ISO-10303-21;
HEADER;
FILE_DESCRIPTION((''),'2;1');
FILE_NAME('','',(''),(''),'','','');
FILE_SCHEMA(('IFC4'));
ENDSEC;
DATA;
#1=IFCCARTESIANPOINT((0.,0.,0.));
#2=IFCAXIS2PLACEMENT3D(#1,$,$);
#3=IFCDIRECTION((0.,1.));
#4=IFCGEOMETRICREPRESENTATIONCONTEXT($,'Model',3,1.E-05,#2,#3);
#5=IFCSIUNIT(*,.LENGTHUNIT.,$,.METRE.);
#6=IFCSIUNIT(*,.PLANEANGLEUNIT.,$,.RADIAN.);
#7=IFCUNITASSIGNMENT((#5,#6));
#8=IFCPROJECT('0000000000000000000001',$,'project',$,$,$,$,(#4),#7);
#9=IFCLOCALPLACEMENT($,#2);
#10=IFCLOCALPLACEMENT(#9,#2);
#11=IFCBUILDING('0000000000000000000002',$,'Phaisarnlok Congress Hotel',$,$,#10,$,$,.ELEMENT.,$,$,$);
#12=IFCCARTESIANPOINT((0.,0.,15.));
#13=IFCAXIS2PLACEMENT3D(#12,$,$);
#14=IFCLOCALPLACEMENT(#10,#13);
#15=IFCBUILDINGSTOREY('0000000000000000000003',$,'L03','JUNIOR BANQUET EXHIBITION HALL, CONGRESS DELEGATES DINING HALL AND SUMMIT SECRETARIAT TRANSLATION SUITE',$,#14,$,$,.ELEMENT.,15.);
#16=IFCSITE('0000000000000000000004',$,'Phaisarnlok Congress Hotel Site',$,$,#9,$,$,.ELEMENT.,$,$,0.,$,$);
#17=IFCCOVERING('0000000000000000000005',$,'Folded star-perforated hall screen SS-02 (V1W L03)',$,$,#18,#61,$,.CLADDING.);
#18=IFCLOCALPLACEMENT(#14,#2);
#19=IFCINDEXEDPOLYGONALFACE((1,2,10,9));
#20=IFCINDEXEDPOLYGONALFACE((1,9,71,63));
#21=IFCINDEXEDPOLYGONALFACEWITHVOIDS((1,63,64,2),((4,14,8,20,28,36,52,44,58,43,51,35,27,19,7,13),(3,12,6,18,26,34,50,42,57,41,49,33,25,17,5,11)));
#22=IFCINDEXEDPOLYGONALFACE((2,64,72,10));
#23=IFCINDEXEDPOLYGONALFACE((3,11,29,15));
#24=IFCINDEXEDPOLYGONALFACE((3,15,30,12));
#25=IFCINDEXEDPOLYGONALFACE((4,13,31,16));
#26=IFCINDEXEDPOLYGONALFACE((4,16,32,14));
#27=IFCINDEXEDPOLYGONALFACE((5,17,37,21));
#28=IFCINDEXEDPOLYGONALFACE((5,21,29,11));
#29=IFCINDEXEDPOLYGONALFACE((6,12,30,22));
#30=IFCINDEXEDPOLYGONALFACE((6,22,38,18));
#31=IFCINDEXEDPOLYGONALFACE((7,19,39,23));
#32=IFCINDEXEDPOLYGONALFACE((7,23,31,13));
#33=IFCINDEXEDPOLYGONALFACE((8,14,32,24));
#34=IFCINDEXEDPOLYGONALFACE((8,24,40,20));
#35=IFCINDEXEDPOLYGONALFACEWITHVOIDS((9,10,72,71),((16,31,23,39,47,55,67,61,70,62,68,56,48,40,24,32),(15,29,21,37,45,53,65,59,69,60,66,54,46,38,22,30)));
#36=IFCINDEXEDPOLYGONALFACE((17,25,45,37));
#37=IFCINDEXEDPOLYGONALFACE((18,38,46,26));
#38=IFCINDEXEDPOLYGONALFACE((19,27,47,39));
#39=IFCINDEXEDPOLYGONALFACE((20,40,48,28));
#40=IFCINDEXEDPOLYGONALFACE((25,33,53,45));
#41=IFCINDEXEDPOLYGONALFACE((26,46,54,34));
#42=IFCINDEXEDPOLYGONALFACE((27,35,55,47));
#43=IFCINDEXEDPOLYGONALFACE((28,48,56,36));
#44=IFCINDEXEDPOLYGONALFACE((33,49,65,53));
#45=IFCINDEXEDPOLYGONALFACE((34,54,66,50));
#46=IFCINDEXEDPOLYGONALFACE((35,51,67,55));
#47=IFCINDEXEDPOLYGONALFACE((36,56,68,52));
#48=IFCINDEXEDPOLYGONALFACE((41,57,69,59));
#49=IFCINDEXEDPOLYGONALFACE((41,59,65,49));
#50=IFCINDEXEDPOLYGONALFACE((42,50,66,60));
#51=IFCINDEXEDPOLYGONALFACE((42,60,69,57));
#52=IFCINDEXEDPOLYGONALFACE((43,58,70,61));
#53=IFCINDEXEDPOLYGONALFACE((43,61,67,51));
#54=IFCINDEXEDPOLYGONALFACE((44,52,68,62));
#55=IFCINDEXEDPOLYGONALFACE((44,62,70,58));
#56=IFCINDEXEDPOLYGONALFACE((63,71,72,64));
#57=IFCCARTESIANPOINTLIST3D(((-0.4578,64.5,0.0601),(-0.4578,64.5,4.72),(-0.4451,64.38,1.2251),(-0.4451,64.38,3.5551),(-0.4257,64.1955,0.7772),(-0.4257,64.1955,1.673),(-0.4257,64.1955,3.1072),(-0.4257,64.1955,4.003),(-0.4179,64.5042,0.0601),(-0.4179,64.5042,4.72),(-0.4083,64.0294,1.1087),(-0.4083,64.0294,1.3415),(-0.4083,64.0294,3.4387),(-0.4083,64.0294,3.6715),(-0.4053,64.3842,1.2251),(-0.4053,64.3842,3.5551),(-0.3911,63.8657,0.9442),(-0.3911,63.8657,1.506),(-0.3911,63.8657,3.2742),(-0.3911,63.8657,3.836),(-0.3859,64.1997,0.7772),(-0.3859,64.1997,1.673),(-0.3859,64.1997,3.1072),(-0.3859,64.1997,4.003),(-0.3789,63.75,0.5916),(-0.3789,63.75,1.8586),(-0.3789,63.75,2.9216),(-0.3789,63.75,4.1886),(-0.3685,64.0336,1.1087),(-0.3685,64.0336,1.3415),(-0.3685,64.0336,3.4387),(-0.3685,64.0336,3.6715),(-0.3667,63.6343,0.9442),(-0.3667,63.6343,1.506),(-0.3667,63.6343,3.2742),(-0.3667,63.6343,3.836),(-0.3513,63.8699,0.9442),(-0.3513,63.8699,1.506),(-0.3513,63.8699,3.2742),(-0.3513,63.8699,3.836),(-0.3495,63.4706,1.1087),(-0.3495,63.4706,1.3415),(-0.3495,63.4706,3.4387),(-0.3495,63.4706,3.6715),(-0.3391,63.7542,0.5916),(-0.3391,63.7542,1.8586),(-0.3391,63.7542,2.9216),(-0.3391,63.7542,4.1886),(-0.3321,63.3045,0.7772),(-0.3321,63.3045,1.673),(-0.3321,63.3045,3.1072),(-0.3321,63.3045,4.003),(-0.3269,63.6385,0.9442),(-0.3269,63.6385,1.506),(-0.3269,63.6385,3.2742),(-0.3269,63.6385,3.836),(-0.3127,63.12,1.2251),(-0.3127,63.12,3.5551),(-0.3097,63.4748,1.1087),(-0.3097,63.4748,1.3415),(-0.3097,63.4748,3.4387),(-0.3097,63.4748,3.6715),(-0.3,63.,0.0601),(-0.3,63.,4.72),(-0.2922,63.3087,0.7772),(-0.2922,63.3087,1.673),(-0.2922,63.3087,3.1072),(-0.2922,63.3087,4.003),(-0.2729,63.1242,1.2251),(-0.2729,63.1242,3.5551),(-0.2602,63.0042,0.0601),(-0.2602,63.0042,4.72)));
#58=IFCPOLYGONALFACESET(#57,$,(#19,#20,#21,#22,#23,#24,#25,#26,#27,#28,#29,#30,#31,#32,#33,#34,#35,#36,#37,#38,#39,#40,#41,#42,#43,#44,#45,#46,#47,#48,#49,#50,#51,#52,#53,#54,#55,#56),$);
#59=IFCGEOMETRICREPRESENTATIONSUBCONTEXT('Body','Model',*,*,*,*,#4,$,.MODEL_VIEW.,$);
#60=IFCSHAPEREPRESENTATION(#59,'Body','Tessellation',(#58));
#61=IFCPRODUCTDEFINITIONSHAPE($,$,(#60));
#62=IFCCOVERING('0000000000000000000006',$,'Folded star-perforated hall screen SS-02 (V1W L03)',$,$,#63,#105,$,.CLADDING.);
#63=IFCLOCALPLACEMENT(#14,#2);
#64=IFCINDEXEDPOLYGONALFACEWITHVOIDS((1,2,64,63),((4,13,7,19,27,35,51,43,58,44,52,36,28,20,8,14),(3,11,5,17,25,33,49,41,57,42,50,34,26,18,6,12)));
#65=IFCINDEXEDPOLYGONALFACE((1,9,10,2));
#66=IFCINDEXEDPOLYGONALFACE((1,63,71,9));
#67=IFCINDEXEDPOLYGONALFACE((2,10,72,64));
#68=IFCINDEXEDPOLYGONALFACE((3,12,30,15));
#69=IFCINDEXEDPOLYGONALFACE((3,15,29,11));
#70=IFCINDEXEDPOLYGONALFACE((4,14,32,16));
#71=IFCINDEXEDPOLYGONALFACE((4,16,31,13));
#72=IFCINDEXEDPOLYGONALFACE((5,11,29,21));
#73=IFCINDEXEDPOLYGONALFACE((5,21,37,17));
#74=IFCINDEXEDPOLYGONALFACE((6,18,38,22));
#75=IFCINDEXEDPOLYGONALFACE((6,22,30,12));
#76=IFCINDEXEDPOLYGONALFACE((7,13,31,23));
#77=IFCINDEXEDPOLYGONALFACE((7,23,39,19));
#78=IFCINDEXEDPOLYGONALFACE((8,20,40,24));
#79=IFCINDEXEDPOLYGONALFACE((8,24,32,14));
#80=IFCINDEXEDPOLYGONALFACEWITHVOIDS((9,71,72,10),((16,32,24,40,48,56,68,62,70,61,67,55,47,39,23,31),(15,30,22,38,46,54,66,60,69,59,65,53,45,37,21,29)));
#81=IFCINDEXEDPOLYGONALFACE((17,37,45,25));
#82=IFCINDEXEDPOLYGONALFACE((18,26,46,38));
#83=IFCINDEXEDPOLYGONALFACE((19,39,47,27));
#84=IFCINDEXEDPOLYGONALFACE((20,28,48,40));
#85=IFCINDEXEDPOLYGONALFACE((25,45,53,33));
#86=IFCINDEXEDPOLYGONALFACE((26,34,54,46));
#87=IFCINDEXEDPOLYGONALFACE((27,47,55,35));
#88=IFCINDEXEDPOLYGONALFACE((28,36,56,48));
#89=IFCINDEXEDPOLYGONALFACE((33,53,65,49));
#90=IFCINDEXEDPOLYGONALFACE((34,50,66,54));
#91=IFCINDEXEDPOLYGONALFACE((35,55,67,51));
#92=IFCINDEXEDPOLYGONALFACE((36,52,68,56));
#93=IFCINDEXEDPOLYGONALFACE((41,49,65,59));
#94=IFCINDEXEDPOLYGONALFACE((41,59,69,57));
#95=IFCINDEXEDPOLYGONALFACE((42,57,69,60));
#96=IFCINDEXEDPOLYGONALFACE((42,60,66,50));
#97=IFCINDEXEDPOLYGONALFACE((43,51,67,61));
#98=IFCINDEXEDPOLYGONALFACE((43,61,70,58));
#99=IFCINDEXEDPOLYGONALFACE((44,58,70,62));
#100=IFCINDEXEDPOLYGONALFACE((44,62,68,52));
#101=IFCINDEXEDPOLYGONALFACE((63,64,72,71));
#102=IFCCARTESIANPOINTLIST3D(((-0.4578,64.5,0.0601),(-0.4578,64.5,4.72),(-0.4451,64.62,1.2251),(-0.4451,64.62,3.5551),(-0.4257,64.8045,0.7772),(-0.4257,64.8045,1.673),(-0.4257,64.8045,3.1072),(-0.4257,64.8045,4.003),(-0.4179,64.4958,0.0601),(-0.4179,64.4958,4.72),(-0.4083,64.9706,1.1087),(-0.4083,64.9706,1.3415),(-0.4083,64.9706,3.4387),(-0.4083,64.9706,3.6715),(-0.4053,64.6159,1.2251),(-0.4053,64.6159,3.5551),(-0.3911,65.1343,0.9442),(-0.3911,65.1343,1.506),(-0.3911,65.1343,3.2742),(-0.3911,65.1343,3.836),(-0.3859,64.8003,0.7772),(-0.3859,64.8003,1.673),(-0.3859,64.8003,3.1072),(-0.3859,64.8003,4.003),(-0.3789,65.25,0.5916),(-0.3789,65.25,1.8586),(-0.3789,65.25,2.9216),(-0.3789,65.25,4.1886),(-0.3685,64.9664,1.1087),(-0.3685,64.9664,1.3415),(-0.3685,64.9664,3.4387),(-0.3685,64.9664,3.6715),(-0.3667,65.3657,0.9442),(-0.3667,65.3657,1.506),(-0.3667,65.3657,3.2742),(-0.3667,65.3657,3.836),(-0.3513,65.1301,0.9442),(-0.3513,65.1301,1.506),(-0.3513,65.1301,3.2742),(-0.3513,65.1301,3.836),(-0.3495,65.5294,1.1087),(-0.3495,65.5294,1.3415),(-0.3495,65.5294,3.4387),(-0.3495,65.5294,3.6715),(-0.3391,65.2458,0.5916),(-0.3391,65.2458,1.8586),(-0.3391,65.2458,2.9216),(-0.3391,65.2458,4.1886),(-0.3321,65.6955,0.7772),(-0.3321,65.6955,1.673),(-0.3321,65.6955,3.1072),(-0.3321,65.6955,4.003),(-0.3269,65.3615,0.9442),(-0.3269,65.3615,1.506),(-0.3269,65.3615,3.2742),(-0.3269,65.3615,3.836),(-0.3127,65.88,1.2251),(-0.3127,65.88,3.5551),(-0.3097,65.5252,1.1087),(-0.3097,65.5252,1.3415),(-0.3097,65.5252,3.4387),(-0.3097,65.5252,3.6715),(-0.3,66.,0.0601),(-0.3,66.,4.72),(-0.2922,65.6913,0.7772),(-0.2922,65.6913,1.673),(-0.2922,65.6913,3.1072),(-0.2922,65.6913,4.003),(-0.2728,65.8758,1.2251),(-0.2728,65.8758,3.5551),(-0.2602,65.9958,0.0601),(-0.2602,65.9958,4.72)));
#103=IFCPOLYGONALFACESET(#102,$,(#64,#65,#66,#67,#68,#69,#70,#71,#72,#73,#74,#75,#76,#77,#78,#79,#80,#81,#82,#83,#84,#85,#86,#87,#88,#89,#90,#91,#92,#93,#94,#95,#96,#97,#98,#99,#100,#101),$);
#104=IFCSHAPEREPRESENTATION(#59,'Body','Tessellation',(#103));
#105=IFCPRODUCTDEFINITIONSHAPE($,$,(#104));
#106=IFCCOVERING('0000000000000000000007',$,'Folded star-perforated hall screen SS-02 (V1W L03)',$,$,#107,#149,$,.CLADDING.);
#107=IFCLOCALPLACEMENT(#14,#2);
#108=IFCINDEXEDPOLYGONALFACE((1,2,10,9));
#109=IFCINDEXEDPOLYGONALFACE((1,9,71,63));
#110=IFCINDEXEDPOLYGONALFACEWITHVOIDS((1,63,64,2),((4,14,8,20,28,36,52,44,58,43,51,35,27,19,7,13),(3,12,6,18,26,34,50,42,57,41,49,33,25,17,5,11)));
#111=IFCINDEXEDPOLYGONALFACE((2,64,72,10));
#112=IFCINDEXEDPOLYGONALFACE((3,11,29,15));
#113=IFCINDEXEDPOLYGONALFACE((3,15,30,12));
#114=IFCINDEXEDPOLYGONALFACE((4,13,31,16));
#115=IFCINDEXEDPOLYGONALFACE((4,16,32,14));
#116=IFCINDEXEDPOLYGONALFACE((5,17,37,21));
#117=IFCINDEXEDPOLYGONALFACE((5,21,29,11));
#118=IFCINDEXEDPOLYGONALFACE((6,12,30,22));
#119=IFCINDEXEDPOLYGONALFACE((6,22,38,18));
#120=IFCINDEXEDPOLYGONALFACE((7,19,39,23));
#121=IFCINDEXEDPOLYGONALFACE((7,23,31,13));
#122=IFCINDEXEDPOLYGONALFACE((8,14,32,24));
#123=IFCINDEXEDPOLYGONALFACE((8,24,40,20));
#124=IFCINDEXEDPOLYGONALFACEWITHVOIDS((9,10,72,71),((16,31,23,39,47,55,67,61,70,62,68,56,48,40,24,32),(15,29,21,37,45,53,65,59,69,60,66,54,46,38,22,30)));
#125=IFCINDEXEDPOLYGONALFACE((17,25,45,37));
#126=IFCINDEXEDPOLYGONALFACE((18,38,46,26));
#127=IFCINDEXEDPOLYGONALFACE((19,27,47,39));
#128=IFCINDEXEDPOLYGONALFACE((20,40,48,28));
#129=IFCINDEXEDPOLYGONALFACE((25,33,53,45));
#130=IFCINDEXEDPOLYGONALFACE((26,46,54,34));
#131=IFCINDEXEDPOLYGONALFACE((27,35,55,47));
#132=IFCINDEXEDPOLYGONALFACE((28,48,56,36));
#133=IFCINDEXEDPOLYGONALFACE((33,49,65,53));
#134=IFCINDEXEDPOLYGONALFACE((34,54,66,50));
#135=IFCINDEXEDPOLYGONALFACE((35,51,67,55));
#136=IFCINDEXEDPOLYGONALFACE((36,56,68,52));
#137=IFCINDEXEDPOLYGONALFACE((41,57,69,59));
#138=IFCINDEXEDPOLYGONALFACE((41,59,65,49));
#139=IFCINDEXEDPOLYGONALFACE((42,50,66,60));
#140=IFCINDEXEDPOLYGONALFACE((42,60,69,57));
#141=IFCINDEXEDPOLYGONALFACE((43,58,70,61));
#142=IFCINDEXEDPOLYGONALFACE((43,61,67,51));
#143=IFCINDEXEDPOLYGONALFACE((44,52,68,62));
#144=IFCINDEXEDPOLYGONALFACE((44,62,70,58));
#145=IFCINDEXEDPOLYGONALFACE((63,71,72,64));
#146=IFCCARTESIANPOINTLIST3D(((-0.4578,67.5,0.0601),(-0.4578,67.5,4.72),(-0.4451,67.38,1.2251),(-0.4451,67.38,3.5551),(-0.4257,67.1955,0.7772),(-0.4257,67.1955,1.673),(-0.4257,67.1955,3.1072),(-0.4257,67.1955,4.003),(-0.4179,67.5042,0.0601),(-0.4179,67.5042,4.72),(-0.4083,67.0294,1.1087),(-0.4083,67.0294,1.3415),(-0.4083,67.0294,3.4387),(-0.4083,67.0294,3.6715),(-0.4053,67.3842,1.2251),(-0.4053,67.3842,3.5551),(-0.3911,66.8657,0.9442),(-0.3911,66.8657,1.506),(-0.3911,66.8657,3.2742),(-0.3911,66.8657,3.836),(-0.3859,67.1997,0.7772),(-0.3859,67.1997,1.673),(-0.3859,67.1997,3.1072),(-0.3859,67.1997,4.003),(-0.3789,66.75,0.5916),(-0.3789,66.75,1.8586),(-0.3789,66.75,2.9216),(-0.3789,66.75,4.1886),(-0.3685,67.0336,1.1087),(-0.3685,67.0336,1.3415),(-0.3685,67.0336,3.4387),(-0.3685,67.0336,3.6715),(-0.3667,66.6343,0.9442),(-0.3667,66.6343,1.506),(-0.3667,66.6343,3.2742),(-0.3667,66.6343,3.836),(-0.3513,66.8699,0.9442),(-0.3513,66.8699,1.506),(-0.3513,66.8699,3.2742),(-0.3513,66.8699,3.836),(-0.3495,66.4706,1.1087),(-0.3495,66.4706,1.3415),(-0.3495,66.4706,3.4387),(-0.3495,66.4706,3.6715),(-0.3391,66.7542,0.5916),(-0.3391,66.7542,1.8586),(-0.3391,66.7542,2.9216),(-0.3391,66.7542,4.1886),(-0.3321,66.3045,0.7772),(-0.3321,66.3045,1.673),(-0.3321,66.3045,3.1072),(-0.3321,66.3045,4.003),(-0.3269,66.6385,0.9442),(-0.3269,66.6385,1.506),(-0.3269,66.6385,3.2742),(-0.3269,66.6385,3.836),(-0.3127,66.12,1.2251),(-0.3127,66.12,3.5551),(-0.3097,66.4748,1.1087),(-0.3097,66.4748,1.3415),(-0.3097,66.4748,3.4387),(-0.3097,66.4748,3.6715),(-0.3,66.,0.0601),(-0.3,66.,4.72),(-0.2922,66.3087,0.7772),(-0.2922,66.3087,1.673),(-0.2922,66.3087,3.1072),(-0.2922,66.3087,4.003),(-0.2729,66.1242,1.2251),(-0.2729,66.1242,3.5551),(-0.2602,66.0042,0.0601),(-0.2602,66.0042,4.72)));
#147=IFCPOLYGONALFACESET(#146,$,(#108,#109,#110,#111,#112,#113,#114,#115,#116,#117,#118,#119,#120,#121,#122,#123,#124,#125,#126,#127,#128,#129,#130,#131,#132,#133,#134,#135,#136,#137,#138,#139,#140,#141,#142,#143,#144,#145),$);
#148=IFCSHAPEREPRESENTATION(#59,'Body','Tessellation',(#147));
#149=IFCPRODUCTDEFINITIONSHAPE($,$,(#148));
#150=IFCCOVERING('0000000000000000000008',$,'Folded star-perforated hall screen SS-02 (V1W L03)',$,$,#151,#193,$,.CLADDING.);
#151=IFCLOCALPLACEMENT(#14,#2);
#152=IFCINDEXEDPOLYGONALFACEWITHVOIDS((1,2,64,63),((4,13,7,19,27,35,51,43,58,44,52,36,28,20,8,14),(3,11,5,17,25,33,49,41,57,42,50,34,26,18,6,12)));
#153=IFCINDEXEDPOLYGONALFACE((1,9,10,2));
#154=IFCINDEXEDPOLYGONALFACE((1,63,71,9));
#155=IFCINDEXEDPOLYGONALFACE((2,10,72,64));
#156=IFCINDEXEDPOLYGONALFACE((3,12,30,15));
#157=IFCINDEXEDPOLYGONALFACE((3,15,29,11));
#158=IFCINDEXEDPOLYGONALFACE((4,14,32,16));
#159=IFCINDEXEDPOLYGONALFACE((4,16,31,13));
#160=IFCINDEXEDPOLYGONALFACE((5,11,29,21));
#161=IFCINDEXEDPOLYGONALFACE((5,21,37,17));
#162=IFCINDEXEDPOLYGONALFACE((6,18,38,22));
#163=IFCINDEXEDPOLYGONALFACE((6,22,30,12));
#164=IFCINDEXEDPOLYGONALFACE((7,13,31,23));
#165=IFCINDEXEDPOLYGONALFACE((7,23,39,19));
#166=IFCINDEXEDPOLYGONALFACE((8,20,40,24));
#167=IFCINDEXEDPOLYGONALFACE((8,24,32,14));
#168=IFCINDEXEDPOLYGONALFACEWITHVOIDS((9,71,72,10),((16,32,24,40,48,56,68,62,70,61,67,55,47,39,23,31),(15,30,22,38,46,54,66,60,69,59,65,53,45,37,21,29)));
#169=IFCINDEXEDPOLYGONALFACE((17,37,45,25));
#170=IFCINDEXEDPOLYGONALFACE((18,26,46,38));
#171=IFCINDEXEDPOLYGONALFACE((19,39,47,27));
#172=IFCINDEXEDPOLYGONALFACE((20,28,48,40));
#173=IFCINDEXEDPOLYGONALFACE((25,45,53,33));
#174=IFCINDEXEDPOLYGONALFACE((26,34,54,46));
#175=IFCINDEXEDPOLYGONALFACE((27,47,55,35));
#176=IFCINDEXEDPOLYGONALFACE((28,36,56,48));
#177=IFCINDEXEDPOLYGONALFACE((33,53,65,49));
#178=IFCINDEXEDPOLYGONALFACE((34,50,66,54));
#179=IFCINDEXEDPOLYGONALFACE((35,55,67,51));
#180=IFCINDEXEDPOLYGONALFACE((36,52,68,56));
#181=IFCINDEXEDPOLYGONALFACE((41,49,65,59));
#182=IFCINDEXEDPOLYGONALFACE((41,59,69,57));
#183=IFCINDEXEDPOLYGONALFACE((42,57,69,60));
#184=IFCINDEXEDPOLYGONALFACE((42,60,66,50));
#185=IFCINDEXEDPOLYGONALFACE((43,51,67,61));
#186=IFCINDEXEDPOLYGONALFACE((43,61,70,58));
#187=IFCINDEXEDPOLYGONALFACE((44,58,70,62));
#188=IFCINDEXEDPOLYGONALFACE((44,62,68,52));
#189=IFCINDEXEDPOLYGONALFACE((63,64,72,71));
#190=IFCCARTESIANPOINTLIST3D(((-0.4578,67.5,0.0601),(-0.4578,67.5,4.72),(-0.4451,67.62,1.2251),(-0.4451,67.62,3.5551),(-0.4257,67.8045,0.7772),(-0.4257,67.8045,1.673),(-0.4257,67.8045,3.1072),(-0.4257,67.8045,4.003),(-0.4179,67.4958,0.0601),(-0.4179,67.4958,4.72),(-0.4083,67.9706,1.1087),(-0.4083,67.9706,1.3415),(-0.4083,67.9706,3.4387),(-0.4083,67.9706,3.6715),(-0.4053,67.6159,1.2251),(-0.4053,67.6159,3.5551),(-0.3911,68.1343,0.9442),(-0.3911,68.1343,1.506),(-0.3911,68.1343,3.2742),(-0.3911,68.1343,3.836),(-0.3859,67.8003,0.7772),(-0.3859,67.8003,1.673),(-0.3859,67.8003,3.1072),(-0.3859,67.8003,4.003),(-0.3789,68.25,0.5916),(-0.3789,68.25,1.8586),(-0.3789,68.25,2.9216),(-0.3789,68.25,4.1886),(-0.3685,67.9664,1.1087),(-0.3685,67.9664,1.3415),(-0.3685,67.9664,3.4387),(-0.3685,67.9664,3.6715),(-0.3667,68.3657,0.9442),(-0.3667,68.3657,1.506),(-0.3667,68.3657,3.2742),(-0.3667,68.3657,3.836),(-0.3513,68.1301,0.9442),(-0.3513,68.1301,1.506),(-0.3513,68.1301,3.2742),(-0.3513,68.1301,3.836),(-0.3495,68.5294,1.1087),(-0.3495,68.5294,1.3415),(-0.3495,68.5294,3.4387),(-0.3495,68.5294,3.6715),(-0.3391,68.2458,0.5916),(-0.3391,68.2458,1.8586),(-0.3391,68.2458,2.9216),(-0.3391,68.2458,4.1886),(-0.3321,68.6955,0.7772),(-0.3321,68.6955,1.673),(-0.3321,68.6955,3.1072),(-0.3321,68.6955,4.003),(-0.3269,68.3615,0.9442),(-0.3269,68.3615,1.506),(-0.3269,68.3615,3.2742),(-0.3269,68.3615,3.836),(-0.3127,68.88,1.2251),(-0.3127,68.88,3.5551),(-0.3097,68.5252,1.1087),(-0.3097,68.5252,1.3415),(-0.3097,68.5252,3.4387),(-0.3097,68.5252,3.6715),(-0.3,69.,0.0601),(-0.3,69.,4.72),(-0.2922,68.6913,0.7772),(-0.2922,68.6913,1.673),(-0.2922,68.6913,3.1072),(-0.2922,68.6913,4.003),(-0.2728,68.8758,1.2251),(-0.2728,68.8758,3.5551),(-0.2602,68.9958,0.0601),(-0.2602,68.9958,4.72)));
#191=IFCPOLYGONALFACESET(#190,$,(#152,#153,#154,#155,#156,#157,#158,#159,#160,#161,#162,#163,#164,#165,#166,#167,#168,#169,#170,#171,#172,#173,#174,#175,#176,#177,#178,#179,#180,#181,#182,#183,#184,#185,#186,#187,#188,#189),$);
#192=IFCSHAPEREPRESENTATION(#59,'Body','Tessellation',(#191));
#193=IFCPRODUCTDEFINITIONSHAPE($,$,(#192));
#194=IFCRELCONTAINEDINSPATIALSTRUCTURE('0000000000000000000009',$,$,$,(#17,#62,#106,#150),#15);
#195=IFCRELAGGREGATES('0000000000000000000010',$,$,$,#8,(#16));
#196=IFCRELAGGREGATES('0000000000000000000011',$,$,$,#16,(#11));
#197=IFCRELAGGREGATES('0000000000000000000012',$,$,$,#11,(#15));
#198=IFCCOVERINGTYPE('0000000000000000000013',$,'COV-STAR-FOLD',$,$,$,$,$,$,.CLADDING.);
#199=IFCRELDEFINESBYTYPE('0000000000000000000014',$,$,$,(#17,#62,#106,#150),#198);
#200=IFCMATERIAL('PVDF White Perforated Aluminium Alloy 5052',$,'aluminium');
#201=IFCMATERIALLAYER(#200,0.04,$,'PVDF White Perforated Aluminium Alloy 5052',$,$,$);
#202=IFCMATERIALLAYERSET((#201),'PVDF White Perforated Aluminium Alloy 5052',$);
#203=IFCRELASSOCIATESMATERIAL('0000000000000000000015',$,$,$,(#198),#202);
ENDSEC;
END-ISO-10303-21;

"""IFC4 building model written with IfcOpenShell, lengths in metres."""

from ifc_helpers import new_model, si_unit, direction, frame, origin, place, context, subcontext, project, spatial, polyline, outline, extrude, material, layer, layer_set, type_object, element, save


model = new_model("IFC4")

# Units and contexts
model_context = context("Model", 3, precision=1e-05, world=origin(), true_north=direction((0.0, 1.0)))
body_context = subcontext(model_context, "Body", "Model", "MODEL_VIEW")
ifc_project = project(units=[si_unit("LENGTHUNIT", "METRE"), si_unit("PLANEANGLEUNIT", "RADIAN")], contexts=[model_context])

# Site, building, storey
site_placement = place(None, origin())
site = spatial("IfcSite", under=ifc_project, at=site_placement, Name="Phaisarnlok Congress Hotel Site", CompositionType="ELEMENT", RefElevation=0.0)
building_placement = place(site_placement, origin())
building = spatial("IfcBuilding", under=site, at=building_placement, Name="Phaisarnlok Congress Hotel", CompositionType="ELEMENT")
storey_placement = place(building_placement, frame((0.0, 0.0, 15.0)))
storey = spatial("IfcBuildingStorey", under=building, at=storey_placement, Name="L03", Description="JUNIOR BANQUET EXHIBITION HALL, CONGRESS DELEGATES DINING HALL AND SUMMIT SECRETARIAT TRANSLATION SUITE", CompositionType="ELEMENT", Elevation=15.0)

# Coverings
ifc_material_1 = material(Name="PVDF White Perforated Aluminium Alloy 5052", Category="aluminium")
ifc_layer = layer(ifc_material_1, 0.04, Name="PVDF White Perforated Aluminium Alloy 5052")
ifc_layer_set = layer_set([ifc_layer], Name="PVDF White Perforated Aluminium Alloy 5052")
covering_type = type_object("IfcCoveringType", Name="COV-STAR-FOLD", PredefinedType="CLADDING", material=ifc_layer_set)
for number, where, z_axis, x_axis, name in (
    (1, (-0.3, 63.0, 0.0601), (0.994518, 0.104567, 0.0), (-0.104567, 0.994518, 0.0), "Folded star-perforated hall screen SS-02 (V1W L03)"),
    (2, (-0.4578, 64.5, 0.0601), (0.994518, -0.104567, 0.0), (0.104567, 0.994518, 0.0), "Folded star-perforated hall screen SS-02 (V1W L03)"),
    (3, (-0.3, 66.0, 0.0601), (0.994518, 0.104567, 0.0), (-0.104567, 0.994518, 0.0), "Folded star-perforated hall screen SS-02 (V1W L03)"),
    (4, (-0.4578, 67.5, 0.0601), (0.994518, -0.104567, 0.0), (0.104567, 0.994518, 0.0), "Folded star-perforated hall screen SS-02 (V1W L03)"),
):
    element("IfcCovering", number, at=place(storey_placement, frame(where, z_axis=z_axis, x_axis=x_axis)), inside=storey, type_object=covering_type, Name=name, PredefinedType="CLADDING", context=body_context, shape_type="SweptSolid", body=[
        extrude(outline(polyline([(0.0, 0.0), (1.5083, 0.0), (1.5083, 4.6599), (0.0, 4.6599), (0.0, 0.0)]), holes=[polyline([(1.0351, 1.0486), (1.2021, 0.7171), (0.8705, 0.8841), (0.7541, 0.5315), (0.6378, 0.8841), (0.3062, 0.7171), (0.4732, 1.0486), (0.1207, 1.165), (0.4732, 1.2814), (0.3062, 1.6129), (0.6378, 1.4459), (0.7541, 1.7985), (0.8705, 1.4459), (1.2021, 1.6129), (1.0351, 1.2814), (1.3876, 1.165), (1.0351, 1.0486)]), polyline([(1.0351, 3.3786), (1.2021, 3.0471), (0.8705, 3.2141), (0.7541, 2.8615), (0.6378, 3.2141), (0.3062, 3.0471), (0.4732, 3.3786), (0.1207, 3.495), (0.4732, 3.6114), (0.3062, 3.9429), (0.6378, 3.7759), (0.7541, 4.1285), (0.8705, 3.7759), (1.2021, 3.9429), (1.0351, 3.6114), (1.3876, 3.495), (1.0351, 3.3786)])]), origin(), (0.0, 0.0, 1.0), 0.04),
    ])

save(model, "model.ifc")
